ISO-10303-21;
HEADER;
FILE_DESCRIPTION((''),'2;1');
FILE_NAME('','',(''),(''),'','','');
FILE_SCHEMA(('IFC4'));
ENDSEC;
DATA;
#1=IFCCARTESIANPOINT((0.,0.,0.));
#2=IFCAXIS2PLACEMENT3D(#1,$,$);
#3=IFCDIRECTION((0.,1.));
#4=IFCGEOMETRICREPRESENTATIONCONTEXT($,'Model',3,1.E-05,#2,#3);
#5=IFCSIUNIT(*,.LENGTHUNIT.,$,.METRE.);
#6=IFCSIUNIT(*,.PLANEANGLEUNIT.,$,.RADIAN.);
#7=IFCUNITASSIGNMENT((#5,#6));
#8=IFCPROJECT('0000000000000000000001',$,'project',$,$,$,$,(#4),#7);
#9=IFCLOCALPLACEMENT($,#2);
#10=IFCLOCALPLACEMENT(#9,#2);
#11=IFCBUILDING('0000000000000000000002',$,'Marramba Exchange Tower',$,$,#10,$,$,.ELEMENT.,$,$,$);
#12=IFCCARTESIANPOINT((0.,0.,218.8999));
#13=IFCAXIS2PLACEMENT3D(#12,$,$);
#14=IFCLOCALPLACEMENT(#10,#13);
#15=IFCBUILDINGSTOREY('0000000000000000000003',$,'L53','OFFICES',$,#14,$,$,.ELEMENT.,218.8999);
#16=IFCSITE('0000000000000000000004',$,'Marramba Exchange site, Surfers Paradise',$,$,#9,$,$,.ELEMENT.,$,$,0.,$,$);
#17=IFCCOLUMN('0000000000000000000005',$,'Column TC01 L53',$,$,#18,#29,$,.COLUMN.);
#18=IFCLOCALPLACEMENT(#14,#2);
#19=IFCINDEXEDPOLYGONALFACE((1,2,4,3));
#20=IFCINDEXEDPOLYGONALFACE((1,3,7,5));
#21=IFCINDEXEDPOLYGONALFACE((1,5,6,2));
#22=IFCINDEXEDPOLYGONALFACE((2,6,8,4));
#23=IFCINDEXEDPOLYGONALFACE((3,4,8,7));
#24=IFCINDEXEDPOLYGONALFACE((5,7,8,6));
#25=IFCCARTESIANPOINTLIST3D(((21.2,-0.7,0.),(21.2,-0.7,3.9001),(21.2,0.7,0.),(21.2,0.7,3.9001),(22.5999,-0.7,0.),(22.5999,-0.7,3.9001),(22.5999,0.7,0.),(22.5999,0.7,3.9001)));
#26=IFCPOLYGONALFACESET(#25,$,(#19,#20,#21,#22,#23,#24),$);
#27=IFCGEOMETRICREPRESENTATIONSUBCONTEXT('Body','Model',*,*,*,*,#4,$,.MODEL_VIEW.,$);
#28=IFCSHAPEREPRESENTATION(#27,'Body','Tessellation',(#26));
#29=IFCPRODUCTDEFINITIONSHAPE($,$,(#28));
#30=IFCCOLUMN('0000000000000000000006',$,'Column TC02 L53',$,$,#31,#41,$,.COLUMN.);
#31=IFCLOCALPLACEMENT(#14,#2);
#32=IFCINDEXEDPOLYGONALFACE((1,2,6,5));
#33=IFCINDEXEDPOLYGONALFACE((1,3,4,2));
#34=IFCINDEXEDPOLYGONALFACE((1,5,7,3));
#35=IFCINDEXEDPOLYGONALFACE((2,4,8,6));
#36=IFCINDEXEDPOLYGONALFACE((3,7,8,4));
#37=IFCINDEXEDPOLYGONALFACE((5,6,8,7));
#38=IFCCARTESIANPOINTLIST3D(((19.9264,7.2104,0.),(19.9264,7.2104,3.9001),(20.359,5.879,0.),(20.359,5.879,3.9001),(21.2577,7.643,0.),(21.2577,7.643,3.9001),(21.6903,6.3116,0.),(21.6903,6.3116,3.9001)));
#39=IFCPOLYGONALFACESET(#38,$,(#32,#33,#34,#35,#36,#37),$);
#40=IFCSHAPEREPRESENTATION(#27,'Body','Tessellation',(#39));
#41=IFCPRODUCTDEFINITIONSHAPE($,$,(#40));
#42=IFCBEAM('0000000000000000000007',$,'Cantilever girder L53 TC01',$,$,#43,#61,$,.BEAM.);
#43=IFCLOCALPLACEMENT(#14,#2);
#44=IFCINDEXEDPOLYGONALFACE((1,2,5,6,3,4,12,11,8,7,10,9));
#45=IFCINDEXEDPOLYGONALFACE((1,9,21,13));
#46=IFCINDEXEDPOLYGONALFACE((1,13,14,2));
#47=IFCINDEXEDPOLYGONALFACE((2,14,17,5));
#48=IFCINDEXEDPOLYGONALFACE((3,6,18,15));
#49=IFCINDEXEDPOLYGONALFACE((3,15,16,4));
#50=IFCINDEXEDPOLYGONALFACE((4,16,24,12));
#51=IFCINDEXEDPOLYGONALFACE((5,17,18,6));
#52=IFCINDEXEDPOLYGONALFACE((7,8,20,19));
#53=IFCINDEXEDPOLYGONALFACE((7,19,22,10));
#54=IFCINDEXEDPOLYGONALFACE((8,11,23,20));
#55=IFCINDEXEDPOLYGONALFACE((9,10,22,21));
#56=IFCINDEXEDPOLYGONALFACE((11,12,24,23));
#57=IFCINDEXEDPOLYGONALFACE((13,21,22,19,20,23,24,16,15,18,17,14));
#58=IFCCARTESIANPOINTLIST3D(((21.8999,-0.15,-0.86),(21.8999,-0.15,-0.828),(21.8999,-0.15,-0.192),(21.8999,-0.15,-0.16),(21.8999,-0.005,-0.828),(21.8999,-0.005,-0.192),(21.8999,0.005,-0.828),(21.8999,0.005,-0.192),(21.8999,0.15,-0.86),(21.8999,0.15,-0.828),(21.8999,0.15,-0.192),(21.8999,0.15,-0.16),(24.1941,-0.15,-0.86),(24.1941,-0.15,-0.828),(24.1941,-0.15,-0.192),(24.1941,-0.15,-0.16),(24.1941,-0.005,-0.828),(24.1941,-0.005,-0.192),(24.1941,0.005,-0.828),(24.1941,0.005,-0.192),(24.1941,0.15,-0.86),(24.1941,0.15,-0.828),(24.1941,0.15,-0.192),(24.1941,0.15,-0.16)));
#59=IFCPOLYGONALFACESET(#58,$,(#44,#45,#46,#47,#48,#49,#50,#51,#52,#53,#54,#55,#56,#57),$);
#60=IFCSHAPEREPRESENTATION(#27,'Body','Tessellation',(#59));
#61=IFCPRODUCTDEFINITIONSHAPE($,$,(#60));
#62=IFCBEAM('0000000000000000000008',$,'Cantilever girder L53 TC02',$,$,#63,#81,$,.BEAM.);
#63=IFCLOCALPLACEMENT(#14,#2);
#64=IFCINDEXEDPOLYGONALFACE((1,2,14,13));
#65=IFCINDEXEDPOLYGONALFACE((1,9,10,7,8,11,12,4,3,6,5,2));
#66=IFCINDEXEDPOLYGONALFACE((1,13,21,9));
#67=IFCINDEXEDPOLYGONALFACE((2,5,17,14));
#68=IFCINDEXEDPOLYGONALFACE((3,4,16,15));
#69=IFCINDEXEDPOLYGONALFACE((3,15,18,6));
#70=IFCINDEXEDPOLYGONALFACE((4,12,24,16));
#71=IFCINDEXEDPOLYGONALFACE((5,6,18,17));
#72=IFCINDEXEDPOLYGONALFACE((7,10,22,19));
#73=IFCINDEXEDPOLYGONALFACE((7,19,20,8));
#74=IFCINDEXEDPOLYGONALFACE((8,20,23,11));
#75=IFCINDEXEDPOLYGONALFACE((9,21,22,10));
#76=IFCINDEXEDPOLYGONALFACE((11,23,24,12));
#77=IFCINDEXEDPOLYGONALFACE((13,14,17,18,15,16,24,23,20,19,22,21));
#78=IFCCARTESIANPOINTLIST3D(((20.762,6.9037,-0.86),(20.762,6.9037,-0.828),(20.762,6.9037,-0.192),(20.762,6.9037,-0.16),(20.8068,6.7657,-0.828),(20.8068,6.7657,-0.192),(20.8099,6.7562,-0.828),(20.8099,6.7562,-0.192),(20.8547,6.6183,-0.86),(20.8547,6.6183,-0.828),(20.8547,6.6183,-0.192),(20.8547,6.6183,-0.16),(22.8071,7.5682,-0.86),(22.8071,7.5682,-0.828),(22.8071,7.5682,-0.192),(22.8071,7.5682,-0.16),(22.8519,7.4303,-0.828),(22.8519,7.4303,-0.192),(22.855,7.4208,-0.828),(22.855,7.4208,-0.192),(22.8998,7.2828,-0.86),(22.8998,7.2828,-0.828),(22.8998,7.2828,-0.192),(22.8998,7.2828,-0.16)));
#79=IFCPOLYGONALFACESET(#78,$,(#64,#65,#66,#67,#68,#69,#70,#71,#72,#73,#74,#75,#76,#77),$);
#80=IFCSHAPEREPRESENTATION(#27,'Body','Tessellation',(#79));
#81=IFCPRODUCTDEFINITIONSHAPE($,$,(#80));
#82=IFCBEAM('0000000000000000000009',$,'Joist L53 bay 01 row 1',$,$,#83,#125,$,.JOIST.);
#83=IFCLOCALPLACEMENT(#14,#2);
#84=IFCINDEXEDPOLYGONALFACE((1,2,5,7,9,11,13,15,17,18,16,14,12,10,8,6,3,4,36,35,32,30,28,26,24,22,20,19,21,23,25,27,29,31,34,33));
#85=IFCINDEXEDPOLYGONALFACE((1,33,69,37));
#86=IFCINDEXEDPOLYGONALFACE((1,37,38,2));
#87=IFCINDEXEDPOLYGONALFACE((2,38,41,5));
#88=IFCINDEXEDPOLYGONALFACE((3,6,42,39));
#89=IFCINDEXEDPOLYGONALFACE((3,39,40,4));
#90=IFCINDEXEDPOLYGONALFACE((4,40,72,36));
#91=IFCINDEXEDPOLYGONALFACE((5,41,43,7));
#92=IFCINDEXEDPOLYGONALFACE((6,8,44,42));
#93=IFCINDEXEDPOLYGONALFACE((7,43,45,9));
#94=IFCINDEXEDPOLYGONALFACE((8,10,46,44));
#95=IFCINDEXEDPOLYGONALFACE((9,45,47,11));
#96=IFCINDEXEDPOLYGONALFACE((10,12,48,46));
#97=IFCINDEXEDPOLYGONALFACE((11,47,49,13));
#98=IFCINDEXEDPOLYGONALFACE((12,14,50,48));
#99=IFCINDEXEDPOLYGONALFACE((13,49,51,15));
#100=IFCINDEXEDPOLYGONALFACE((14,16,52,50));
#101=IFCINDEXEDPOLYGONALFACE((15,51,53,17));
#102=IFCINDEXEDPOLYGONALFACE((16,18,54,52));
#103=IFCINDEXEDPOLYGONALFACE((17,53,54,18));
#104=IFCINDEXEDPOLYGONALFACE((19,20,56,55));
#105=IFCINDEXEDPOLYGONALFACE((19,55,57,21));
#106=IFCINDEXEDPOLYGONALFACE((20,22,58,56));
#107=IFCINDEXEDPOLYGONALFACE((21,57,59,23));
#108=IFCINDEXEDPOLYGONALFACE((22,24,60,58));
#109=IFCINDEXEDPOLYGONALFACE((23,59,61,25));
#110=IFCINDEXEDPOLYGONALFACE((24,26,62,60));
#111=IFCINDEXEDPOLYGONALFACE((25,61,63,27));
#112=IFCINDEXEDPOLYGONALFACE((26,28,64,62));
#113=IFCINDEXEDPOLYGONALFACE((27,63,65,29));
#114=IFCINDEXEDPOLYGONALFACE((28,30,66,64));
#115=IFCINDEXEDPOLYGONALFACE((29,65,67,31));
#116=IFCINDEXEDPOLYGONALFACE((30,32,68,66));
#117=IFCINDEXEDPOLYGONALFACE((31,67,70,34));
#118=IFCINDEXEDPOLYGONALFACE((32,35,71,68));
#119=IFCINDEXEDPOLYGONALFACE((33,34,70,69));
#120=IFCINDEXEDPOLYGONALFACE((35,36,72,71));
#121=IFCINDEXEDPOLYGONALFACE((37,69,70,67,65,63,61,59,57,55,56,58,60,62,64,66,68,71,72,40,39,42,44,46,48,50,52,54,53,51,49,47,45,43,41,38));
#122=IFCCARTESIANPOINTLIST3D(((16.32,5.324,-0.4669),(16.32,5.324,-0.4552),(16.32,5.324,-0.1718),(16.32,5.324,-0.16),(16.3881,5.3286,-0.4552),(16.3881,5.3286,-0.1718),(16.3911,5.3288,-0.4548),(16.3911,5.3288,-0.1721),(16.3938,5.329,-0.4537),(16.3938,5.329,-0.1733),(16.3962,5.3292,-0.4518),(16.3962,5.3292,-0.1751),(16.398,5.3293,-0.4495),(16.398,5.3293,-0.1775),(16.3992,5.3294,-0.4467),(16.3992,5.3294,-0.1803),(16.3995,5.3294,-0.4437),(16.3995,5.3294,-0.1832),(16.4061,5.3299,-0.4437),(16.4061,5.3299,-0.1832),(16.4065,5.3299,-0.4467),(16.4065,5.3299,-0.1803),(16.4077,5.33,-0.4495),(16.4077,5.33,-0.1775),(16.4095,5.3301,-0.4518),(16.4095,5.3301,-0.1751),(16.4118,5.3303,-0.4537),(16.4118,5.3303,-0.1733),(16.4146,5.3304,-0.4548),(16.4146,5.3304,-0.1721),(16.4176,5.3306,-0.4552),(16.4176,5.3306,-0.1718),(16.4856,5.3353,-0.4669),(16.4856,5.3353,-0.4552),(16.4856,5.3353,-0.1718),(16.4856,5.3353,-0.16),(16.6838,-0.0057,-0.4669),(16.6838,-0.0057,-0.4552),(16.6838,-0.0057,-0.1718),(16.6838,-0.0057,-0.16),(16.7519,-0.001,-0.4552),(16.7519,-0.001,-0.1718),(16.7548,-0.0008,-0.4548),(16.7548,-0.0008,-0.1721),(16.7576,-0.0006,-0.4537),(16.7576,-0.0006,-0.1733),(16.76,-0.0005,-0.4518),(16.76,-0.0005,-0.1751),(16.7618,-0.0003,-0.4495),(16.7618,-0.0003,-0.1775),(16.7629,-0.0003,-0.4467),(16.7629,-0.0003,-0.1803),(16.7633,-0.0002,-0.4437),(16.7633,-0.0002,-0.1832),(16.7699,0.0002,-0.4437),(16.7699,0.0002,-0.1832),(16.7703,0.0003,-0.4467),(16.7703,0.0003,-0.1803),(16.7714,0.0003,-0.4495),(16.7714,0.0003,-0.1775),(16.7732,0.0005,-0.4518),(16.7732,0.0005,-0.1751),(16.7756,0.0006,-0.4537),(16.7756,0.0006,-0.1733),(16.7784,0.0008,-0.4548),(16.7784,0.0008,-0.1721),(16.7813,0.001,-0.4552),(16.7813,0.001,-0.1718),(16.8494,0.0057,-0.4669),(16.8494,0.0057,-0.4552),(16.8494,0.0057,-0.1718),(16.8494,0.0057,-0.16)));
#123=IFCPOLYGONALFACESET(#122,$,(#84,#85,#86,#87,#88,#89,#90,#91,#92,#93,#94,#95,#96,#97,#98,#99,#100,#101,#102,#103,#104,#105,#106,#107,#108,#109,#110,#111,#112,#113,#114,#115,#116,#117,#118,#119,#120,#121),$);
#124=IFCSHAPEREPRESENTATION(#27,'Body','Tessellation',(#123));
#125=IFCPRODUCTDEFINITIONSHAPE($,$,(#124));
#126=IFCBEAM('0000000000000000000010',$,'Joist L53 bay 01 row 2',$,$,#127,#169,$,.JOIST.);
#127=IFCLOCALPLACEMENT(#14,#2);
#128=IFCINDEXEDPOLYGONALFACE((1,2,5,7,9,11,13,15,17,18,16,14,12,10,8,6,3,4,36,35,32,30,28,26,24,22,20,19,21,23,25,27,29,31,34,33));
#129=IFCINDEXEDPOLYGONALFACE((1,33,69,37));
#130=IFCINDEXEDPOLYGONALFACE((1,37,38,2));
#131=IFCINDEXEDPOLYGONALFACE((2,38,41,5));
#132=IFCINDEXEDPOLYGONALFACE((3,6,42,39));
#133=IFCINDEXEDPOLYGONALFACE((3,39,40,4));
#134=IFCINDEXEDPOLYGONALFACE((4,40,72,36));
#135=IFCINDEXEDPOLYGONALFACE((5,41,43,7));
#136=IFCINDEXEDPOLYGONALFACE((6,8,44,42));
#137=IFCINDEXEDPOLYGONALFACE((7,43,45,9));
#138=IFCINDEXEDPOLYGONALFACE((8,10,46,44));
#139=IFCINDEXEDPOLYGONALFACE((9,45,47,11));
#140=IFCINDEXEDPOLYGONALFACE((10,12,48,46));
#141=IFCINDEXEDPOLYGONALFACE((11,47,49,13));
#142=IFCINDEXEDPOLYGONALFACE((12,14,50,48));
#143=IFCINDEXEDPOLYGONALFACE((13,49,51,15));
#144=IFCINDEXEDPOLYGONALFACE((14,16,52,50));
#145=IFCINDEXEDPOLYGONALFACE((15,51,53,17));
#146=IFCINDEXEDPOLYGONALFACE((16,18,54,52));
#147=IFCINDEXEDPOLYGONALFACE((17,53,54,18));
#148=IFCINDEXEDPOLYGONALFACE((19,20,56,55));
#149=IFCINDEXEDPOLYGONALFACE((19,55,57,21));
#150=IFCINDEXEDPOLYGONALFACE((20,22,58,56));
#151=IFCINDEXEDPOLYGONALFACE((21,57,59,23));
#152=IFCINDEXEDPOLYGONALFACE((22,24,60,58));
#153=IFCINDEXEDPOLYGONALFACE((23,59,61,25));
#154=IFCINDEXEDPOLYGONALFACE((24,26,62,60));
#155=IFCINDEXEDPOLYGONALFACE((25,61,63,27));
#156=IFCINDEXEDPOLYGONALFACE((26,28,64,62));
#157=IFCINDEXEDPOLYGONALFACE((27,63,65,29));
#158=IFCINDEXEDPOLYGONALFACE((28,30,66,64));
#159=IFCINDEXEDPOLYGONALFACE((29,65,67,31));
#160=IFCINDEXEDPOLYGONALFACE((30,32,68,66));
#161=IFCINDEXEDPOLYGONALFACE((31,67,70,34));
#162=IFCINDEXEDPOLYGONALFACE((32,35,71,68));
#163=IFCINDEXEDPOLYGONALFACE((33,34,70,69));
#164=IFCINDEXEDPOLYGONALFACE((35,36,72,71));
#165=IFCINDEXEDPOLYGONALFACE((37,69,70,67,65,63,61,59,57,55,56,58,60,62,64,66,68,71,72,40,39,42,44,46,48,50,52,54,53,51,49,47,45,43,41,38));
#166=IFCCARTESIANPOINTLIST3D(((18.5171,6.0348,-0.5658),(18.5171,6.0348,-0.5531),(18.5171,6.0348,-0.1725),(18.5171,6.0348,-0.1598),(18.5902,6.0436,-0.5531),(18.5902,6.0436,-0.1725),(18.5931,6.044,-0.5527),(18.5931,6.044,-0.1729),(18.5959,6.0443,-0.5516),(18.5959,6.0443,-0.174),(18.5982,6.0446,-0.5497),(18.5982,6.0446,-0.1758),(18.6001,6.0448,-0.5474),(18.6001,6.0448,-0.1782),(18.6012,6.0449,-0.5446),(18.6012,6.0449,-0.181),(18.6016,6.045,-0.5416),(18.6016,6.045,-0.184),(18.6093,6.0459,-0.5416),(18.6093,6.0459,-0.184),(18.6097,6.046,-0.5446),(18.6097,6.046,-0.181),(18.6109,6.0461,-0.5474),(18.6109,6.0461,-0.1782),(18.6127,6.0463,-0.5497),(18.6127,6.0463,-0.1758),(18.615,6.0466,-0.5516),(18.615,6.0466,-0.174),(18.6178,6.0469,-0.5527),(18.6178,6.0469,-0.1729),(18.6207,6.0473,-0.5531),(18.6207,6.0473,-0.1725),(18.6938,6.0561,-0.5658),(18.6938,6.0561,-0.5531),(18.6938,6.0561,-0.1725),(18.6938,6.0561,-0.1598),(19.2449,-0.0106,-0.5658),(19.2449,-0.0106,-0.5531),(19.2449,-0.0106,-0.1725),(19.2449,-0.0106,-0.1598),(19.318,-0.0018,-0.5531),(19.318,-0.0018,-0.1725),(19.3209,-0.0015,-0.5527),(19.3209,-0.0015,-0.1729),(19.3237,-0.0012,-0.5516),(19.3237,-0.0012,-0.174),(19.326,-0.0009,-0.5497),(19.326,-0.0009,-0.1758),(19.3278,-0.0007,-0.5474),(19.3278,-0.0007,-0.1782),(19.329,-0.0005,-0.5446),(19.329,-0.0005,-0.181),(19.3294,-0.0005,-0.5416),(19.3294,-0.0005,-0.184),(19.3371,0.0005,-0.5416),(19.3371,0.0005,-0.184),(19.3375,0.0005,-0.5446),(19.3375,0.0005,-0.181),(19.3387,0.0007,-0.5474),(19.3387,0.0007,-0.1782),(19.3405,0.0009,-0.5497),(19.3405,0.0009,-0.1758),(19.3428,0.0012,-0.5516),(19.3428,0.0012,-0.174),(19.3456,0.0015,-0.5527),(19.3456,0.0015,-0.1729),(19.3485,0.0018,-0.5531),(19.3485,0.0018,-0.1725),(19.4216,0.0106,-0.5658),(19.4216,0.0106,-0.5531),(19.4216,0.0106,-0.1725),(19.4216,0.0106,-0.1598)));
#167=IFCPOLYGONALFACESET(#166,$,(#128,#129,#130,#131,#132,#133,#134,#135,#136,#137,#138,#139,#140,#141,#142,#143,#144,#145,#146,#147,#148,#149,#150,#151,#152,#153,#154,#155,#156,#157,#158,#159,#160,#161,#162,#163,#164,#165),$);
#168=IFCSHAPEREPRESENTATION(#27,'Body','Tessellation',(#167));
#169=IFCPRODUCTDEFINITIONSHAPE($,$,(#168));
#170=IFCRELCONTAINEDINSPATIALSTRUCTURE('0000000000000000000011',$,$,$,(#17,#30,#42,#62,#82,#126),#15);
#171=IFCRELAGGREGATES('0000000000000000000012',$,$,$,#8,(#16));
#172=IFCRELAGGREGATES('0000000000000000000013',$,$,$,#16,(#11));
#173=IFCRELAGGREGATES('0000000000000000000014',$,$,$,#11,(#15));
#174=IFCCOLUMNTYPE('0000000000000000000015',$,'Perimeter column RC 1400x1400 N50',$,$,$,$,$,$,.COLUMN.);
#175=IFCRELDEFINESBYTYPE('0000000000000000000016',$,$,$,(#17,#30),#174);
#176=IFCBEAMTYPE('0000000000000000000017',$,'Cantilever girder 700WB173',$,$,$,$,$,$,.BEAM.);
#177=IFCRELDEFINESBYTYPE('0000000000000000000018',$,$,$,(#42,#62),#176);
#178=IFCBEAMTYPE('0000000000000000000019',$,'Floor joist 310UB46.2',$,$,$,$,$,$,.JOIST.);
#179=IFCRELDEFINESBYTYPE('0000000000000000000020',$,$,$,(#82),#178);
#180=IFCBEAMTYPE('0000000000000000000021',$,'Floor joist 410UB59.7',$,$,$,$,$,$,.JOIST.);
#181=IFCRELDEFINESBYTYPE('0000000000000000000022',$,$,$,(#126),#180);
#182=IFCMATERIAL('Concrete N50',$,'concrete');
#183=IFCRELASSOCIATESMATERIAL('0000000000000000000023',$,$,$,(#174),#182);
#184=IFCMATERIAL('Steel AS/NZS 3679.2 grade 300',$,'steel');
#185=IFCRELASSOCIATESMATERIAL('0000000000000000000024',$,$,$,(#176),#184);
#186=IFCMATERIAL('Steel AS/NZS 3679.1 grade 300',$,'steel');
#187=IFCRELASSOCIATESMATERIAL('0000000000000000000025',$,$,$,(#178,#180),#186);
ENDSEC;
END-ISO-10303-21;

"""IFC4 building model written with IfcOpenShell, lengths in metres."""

from ifc_helpers import new_model, si_unit, direction, frame, origin, origin_2d, place, context, subcontext, project, spatial, rectangle, i_section, extrude, material, material_profile, profile_set, type_object, element, save


model = new_model("IFC4")

# Units and contexts
model_context = context("Model", 3, precision=1e-05, world=origin(), true_north=direction((0.0, 1.0)))
body_context = subcontext(model_context, "Body", "Model", "MODEL_VIEW")
ifc_project = project(units=[si_unit("LENGTHUNIT", "METRE"), si_unit("PLANEANGLEUNIT", "RADIAN")], contexts=[model_context])

# Site, building, storey
site_placement = place(None, origin())
site = spatial("IfcSite", under=ifc_project, at=site_placement, Name="Marramba Exchange site, Surfers Paradise", CompositionType="ELEMENT", RefElevation=0.0)
building_placement = place(site_placement, origin())
building = spatial("IfcBuilding", under=site, at=building_placement, Name="Marramba Exchange Tower", CompositionType="ELEMENT")
storey_placement = place(building_placement, frame((0.0, 0.0, 218.8999)))
storey = spatial("IfcBuildingStorey", under=building, at=storey_placement, Name="L53", Description="OFFICES", CompositionType="ELEMENT", Elevation=218.8999)

# Columns
ifc_material_1 = material(Name="Concrete N50", Category="concrete")
ifc_material_profile_1 = material_profile(ifc_material_1, rectangle(XDim=1.3999, YDim=1.3999, at=origin_2d()), Name="RC 1400x1400")
ifc_profile_set_1 = profile_set([ifc_material_profile_1], Name="Concrete N50")
column_type = type_object("IfcColumnType", Name="Perimeter column RC 1400x1400 N50", PredefinedType="COLUMN", material=ifc_profile_set_1)
for number, where, z_axis, x_axis, name in (
    (1, (21.8999, 0.0, 0.0), (0.0, 0.0, 1.0), (1.0, 0.0, 0.0), "Column TC01 L53"),
    (2, (20.8083, 6.761, 0.0), (0.0, 0.0, 1.0), (0.951057, 0.309017, 0.0), "Column TC02 L53"),
):
    element("IfcColumn", number, at=place(storey_placement, frame(where, z_axis=z_axis, x_axis=x_axis)), inside=storey, type_object=column_type, Name=name, PredefinedType="COLUMN", context=body_context, shape_type="SweptSolid", body=[
        extrude(rectangle(XDim=1.3999, YDim=1.3999, at=origin_2d()), origin(), (0.0, 0.0, 1.0), 3.9001),
    ])

# Beams
ifc_material_2 = material(Name="Steel AS/NZS 3679.2 grade 300", Category="steel")
ifc_material_profile_2 = material_profile(ifc_material_2, i_section(OverallWidth=0.3, OverallDepth=0.7, WebThickness=0.01, FlangeThickness=0.032, at=origin_2d()), Name="700WB173")
ifc_profile_set_2 = profile_set([ifc_material_profile_2], Name="Steel AS/NZS 3679.2 grade 300")
beam_type_1 = type_object("IfcBeamType", Name="Cantilever girder 700WB173", PredefinedType="BEAM", material=ifc_profile_set_2)
beam_1_placement = place(storey_placement, frame((21.8999, 0.0, -0.51), z_axis=(1.0, 0.0, 0.0), x_axis=(0.0, 1.0, 0.0)))
element("IfcBeam", 3, at=beam_1_placement, inside=storey, type_object=beam_type_1, Name="Cantilever girder L53 TC01", PredefinedType="BEAM", context=body_context, shape_type="SweptSolid", body=[
    extrude(i_section(OverallWidth=0.3, OverallDepth=0.7, WebThickness=0.01, FlangeThickness=0.032, at=origin_2d()), origin(), (0.0, 0.0, 1.0), 2.2942),
])
beam_2_placement = place(storey_placement, frame((20.8083, 6.761, -0.51), z_axis=(0.951052, 0.309032, 0.0), x_axis=(-0.309032, 0.951052, 0.0)))
element("IfcBeam", 4, at=beam_2_placement, inside=storey, type_object=beam_type_1, Name="Cantilever girder L53 TC02", PredefinedType="BEAM", context=body_context, shape_type="SweptSolid", body=[
    extrude(i_section(OverallWidth=0.3, OverallDepth=0.7, WebThickness=0.01, FlangeThickness=0.032, at=origin_2d()), origin(), (0.0, 0.0, 1.0), 2.1504),
])
ifc_material_3 = material(Name="Steel AS/NZS 3679.1 grade 300", Category="steel")
ifc_material_profile_3 = material_profile(ifc_material_3, i_section(OverallWidth=0.166, OverallDepth=0.3069, WebThickness=0.0066, FlangeThickness=0.0117, FilletRadius=0.0115, at=origin_2d()), Name="310UB46.2")
ifc_profile_set_3 = profile_set([ifc_material_profile_3], Name="Steel AS/NZS 3679.1 grade 300")
beam_type_2 = type_object("IfcBeamType", Name="Floor joist 310UB46.2", PredefinedType="JOIST", material=ifc_profile_set_3)
beam_3_placement = place(storey_placement, frame((16.7666, 0.0, -0.3135), z_axis=(-0.068096, 0.997679, 0.0), x_axis=(-0.997679, -0.068096, 0.0)))
element("IfcBeam", 5, at=beam_3_placement, inside=storey, type_object=beam_type_2, Name="Joist L53 bay 01 row 1", PredefinedType="JOIST", context=body_context, shape_type="SweptSolid", body=[
    extrude(i_section(OverallWidth=0.166, OverallDepth=0.3069, WebThickness=0.0066, FlangeThickness=0.0117, FilletRadius=0.0115, at=origin_2d()), origin(), (0.0, 0.0, 1.0), 5.342),
])
ifc_material_profile_4 = material_profile(ifc_material_3, i_section(OverallWidth=0.178, OverallDepth=0.406, WebThickness=0.0078, FlangeThickness=0.0127, FilletRadius=0.0115, at=origin_2d()), Name="410UB59.7")
ifc_profile_set_4 = profile_set([ifc_material_profile_4], Name="Steel AS/NZS 3679.1 grade 300")
beam_type_3 = type_object("IfcBeamType", Name="Floor joist 410UB59.7", PredefinedType="JOIST", material=ifc_profile_set_4)
beam_4_placement = place(storey_placement, frame((19.3333, 0.0, -0.3628), z_axis=(-0.119523, 0.992831, 0.0), x_axis=(-0.992831, -0.119523, 0.0)))
element("IfcBeam", 6, at=beam_4_placement, inside=storey, type_object=beam_type_3, Name="Joist L53 bay 01 row 2", PredefinedType="JOIST", context=body_context, shape_type="SweptSolid", body=[
    extrude(i_section(OverallWidth=0.178, OverallDepth=0.406, WebThickness=0.0078, FlangeThickness=0.0127, FilletRadius=0.0115, at=origin_2d()), origin(), (0.0, 0.0, 1.0), 6.0891),
])

save(model, "model.ifc")
